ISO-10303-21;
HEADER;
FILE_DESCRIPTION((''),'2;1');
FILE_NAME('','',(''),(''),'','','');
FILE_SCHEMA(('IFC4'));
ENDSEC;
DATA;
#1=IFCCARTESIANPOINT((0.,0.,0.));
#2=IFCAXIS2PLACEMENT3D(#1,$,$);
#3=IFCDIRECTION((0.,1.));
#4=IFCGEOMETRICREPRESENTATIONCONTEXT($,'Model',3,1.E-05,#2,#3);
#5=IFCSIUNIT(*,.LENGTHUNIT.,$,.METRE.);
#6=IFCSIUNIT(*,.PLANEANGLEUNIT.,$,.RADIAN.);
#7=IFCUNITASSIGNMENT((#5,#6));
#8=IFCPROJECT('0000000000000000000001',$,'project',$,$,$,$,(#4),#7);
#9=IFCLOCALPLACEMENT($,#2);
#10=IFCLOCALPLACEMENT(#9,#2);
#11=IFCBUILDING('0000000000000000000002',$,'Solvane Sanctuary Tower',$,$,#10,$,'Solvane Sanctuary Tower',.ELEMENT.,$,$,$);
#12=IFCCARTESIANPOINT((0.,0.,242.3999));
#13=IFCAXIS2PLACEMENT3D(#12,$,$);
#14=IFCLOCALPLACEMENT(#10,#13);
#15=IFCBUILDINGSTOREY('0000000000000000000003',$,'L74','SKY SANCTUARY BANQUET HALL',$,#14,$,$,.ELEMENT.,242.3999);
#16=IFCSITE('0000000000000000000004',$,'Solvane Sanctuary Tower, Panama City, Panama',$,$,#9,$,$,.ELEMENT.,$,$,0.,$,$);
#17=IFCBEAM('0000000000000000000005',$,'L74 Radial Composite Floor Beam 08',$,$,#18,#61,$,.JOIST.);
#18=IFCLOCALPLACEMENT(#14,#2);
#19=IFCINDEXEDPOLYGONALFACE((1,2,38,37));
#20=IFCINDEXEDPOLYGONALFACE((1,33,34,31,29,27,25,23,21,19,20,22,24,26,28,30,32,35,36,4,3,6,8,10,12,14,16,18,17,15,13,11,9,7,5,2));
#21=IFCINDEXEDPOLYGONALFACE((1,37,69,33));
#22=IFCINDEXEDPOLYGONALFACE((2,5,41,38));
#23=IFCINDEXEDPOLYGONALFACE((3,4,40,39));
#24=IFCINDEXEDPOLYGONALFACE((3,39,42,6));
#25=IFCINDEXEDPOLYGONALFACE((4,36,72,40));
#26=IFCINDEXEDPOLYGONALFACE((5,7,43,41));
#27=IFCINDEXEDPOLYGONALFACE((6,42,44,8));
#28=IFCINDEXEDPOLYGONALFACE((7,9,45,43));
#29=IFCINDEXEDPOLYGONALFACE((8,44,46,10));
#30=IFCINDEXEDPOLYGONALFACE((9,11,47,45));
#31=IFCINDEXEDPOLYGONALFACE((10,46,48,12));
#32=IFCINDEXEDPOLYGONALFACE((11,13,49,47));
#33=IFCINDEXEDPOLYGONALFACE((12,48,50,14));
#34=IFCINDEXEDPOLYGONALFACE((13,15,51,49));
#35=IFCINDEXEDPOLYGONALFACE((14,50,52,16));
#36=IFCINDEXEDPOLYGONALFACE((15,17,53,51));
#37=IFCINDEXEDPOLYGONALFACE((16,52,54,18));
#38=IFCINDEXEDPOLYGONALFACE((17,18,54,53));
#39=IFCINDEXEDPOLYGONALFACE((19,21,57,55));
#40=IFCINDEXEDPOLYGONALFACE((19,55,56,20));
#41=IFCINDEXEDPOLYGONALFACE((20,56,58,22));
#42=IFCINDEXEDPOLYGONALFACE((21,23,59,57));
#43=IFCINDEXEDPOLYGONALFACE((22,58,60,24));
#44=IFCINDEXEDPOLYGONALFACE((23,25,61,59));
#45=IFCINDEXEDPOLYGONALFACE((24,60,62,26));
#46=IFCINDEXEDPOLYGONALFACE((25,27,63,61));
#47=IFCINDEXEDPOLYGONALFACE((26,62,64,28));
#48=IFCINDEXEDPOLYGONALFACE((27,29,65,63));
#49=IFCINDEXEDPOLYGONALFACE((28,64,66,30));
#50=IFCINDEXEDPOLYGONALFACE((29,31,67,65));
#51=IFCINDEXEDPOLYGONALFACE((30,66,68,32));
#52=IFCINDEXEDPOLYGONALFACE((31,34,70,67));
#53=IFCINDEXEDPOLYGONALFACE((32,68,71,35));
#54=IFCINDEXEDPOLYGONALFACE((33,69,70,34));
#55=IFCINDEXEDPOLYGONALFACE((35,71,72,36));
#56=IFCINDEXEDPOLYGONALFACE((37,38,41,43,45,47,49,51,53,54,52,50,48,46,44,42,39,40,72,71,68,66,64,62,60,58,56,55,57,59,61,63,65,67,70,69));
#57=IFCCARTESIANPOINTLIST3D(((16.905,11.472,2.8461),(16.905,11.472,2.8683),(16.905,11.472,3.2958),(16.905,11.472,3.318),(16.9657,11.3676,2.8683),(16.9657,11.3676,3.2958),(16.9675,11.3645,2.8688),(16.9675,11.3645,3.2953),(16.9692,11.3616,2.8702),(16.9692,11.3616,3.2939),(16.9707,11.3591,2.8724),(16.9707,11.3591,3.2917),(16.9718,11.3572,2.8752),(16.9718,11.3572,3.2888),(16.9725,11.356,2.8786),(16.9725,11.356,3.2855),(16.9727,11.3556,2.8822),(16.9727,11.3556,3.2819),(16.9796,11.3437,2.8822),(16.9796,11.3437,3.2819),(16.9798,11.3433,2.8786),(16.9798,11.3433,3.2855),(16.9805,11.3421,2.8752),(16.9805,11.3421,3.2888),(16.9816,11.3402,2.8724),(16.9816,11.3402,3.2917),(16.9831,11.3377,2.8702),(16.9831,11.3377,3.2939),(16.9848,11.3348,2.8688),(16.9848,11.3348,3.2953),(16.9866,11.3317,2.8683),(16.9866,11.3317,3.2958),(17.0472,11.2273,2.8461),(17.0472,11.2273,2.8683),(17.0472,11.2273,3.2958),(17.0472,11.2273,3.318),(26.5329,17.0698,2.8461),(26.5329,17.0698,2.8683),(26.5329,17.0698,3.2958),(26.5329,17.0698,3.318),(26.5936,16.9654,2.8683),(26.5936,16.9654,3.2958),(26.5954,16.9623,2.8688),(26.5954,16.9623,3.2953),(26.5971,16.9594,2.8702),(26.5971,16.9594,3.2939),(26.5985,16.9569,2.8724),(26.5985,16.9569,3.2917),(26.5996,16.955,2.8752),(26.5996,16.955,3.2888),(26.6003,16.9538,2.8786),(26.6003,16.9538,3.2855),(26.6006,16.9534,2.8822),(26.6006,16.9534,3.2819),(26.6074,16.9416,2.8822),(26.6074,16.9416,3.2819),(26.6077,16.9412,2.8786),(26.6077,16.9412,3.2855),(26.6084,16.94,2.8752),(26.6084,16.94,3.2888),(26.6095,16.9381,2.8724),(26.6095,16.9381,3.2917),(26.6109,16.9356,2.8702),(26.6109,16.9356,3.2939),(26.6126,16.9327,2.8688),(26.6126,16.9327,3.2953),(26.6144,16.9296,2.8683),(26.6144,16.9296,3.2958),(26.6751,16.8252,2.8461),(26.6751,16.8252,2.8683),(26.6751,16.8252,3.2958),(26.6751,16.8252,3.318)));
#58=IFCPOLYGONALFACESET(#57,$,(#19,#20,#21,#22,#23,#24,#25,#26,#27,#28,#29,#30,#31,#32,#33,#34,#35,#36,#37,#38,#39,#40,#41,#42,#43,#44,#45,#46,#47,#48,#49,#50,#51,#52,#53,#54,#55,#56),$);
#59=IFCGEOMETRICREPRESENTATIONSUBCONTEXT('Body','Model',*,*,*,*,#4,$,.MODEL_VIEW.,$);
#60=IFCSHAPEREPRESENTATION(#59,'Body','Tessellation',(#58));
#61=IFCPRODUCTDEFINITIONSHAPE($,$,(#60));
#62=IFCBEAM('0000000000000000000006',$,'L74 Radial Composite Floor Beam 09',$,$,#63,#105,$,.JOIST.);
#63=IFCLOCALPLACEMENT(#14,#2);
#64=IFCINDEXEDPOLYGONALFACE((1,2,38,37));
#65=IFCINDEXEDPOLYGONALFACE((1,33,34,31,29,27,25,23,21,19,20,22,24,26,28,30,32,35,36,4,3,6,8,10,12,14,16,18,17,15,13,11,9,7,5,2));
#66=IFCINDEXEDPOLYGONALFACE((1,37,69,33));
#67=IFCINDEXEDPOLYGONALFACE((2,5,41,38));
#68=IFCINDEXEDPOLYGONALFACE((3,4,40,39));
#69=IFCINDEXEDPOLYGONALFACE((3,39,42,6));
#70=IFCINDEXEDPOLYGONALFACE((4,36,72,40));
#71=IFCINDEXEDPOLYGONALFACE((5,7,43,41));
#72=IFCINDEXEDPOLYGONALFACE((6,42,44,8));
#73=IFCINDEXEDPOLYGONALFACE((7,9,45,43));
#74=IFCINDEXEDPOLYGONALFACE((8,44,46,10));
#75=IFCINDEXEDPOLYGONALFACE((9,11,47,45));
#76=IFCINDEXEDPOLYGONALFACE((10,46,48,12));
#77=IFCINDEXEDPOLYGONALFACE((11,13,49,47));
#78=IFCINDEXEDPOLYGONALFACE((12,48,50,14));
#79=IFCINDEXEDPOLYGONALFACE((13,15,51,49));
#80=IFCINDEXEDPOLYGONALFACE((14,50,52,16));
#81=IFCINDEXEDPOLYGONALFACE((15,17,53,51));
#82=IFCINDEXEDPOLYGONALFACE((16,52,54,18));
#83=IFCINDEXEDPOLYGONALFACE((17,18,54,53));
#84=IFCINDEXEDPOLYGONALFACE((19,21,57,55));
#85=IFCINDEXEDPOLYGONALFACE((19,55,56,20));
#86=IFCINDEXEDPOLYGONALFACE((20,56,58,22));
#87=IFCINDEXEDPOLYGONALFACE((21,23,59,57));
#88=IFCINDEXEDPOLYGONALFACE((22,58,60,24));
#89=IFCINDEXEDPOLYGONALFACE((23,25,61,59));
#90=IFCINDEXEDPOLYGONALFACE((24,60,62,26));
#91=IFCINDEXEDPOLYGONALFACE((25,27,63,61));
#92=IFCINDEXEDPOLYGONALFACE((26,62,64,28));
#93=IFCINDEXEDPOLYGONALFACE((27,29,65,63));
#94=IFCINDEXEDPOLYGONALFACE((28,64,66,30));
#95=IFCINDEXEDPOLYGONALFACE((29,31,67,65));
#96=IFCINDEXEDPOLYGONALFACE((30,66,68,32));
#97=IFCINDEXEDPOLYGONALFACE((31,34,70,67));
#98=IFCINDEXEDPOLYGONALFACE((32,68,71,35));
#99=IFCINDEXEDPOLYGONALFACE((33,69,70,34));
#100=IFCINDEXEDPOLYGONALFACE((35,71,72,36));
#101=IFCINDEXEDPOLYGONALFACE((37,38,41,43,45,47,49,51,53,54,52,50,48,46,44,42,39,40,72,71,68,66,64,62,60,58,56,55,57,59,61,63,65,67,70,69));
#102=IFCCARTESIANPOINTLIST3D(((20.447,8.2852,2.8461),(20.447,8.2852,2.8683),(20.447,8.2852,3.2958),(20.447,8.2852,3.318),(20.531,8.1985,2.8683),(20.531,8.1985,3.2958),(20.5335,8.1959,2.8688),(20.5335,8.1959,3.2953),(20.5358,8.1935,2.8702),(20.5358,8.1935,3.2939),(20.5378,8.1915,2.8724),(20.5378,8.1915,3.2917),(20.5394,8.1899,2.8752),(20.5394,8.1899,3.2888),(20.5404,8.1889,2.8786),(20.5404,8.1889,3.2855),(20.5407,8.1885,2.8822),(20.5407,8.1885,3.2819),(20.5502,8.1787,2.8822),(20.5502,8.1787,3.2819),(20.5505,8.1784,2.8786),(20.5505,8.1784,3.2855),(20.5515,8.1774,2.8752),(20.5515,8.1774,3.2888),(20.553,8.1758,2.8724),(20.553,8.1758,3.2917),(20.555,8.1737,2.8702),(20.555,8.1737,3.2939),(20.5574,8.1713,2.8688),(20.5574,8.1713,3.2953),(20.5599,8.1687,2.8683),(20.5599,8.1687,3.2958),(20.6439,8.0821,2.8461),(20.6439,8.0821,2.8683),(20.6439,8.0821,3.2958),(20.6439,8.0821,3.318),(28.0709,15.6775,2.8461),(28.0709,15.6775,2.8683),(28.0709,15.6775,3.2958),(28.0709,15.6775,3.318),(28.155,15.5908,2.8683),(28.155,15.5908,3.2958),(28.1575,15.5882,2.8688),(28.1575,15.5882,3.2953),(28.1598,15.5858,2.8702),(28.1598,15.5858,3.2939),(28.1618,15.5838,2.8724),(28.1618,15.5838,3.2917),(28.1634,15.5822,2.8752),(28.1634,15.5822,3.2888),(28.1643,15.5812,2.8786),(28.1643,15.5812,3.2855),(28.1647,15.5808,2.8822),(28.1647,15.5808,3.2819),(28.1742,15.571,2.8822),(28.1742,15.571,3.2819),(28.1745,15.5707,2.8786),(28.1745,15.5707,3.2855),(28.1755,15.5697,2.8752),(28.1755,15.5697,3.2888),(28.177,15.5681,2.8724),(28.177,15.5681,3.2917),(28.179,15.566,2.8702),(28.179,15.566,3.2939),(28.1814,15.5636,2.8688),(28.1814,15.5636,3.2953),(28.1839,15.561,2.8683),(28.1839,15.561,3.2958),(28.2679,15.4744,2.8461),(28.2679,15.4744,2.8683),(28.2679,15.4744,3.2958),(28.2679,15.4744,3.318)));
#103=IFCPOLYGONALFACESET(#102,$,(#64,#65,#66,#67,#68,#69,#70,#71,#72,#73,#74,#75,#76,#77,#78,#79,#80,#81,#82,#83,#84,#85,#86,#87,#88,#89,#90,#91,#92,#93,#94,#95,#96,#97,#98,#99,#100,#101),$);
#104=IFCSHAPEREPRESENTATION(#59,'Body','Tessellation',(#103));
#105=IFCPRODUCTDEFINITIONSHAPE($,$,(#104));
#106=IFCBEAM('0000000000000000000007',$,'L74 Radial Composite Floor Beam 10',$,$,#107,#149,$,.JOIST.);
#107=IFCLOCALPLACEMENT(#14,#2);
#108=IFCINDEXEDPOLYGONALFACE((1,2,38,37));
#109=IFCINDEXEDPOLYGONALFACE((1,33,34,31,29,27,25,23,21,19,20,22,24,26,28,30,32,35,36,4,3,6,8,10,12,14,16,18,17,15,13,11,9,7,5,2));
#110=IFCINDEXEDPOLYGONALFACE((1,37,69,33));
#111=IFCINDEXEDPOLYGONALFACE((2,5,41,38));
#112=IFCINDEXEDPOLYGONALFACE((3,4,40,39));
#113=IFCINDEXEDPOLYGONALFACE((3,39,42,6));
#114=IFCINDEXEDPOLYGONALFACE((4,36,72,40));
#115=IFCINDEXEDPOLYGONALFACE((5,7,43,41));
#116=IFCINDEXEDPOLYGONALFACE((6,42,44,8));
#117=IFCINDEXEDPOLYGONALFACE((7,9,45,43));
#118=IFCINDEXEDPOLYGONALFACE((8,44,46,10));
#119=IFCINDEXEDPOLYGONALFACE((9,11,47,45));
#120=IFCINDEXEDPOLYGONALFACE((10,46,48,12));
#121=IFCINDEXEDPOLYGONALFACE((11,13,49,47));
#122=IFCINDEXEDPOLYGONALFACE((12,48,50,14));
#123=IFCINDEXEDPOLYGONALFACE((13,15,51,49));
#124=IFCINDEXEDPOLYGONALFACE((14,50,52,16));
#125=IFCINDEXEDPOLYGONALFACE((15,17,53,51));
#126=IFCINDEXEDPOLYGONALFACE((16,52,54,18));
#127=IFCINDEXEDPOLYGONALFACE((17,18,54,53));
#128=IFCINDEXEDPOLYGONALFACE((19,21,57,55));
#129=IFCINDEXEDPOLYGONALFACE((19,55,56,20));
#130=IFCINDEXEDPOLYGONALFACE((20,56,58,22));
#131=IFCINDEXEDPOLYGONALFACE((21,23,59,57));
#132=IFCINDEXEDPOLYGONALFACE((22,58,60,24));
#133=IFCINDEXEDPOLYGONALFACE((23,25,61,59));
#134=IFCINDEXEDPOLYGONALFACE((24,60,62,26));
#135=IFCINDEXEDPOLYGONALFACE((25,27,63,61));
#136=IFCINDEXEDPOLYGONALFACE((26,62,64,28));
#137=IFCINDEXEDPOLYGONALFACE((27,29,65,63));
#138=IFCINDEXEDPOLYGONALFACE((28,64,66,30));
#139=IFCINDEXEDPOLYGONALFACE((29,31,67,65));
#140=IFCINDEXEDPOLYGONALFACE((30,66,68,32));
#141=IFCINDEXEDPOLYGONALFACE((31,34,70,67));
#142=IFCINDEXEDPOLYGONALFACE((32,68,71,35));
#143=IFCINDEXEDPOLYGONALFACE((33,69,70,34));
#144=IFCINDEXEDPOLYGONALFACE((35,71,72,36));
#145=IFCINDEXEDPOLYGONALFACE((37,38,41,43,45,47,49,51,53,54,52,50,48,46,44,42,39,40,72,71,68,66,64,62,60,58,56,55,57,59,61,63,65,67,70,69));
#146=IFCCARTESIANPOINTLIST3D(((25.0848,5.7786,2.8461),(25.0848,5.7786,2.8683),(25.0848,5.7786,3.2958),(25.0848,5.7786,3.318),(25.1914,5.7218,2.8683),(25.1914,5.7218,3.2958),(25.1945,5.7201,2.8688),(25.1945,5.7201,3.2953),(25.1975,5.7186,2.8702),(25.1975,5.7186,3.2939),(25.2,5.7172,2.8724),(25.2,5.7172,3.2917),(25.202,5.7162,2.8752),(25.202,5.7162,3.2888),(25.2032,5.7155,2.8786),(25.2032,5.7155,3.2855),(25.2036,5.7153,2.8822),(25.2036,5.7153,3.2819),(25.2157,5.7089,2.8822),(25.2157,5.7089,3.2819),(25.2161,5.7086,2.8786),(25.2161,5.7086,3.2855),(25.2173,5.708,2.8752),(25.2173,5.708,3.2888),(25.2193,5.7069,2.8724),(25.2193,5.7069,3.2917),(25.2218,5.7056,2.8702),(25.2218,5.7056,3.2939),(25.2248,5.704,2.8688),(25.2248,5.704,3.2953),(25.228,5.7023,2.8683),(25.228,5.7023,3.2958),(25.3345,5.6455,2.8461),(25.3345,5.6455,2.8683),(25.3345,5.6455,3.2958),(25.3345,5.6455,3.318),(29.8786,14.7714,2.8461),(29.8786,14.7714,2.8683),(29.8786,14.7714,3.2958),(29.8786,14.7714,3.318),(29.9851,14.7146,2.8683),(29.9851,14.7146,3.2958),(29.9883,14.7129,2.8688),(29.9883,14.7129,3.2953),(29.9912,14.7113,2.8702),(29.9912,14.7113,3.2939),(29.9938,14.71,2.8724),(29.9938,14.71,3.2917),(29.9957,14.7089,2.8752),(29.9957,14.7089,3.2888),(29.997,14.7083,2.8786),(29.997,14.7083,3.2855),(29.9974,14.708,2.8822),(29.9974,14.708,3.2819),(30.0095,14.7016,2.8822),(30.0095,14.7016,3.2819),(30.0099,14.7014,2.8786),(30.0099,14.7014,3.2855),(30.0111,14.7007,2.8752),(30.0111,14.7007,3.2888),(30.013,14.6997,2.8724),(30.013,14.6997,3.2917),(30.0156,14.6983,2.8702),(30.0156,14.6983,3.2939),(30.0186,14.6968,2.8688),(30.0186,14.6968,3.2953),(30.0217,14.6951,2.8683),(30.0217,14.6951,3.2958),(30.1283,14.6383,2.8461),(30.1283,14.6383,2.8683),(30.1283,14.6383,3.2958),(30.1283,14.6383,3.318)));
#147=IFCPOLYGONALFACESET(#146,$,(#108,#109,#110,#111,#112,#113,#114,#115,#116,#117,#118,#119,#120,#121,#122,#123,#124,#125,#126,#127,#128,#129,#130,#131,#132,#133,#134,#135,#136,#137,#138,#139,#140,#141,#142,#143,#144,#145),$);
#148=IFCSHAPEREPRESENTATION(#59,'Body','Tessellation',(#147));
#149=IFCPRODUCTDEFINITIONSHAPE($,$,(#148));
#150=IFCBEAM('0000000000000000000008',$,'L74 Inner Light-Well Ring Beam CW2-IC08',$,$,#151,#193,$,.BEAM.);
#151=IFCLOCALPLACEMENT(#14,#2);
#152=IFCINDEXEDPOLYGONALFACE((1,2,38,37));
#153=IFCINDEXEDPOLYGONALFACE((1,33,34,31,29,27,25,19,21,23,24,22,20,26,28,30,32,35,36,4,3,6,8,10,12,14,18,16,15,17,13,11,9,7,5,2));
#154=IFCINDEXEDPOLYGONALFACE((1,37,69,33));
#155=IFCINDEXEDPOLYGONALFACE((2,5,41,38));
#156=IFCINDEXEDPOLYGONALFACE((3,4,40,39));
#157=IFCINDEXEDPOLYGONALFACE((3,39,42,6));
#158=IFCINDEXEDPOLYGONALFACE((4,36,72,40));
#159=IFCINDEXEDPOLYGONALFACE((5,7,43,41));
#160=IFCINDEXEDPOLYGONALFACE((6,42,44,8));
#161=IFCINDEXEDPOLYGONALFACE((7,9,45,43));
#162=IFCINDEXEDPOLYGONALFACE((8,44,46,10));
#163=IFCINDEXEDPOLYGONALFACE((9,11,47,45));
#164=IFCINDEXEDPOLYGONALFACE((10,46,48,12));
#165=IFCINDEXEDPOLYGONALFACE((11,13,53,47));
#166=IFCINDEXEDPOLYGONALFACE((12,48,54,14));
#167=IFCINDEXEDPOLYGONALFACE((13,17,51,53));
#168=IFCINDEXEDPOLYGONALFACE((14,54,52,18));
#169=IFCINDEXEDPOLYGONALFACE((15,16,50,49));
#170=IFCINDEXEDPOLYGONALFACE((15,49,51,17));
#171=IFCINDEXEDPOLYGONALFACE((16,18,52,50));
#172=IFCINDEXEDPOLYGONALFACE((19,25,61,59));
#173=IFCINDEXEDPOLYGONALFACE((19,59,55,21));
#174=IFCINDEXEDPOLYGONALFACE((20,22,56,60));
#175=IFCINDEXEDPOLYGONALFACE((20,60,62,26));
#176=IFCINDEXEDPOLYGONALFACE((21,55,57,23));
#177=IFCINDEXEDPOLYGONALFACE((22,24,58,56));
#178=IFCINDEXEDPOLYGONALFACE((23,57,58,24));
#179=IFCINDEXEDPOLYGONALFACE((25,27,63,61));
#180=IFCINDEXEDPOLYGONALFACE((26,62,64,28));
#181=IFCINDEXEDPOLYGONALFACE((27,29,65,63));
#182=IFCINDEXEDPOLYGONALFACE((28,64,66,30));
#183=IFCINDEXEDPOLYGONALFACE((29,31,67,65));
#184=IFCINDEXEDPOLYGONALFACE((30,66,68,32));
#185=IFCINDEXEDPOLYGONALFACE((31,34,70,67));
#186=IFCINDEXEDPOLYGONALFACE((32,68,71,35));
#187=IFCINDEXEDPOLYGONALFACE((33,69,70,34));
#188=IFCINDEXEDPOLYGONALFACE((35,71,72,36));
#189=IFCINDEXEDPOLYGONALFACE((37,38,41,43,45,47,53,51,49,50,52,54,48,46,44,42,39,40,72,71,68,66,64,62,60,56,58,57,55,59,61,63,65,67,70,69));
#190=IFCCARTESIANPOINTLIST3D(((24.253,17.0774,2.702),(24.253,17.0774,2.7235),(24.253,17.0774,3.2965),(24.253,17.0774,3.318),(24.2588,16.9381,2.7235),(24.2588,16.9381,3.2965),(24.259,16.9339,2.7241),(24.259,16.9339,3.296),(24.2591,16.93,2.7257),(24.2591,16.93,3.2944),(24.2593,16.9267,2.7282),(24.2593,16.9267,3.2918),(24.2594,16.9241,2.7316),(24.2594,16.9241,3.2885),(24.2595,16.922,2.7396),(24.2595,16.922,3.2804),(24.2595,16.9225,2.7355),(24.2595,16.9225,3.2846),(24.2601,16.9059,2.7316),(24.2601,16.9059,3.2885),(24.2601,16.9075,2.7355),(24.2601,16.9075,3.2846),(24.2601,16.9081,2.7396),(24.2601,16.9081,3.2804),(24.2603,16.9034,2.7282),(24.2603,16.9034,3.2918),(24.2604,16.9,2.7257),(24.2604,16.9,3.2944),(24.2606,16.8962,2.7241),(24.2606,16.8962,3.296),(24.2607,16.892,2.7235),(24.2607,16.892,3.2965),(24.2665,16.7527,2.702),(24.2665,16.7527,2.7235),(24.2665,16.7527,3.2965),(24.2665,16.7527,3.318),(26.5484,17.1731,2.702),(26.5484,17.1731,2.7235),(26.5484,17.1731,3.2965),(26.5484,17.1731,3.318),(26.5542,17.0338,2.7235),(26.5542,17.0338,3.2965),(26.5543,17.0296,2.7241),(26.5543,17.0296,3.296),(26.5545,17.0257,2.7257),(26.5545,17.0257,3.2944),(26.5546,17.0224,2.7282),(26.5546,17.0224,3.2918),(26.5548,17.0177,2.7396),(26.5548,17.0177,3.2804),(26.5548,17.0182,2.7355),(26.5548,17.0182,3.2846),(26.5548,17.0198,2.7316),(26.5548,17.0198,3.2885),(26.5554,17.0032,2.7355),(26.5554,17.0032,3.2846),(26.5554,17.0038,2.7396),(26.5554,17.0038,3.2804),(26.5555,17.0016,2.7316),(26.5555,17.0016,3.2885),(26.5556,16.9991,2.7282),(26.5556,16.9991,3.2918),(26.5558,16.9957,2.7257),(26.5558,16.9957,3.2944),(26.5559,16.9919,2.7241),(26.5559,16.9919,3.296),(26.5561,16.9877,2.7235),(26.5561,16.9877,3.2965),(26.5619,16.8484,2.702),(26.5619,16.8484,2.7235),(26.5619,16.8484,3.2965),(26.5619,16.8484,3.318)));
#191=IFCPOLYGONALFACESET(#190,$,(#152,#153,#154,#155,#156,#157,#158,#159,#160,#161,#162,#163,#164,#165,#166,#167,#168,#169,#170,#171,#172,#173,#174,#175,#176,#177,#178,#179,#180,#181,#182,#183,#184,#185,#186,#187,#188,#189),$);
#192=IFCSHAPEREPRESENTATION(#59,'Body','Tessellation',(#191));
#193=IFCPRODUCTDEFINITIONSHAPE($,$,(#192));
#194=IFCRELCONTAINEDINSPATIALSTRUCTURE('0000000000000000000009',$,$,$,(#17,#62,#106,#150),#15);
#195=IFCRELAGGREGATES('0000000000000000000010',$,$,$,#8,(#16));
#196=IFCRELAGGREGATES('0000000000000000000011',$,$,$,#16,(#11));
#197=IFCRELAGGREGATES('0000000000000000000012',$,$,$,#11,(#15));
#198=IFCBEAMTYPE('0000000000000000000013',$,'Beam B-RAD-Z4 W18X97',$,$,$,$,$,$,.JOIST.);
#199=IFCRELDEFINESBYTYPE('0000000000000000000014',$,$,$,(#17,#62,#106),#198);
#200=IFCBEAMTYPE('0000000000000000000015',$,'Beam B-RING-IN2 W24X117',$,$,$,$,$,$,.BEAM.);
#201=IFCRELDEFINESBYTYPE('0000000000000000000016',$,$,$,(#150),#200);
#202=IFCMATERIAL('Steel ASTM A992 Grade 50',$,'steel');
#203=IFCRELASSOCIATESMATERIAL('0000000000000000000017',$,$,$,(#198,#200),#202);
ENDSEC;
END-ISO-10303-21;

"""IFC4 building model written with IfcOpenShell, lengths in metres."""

from ifc_helpers import new_model, si_unit, direction, frame, origin, origin_2d, place, context, subcontext, project, spatial, i_section, extrude, material, material_profile, profile_set, type_object, element, save


model = new_model("IFC4")

# Units and contexts
model_context = context("Model", 3, precision=1e-05, world=origin(), true_north=direction((0.0, 1.0)))
body_context = subcontext(model_context, "Body", "Model", "MODEL_VIEW")
ifc_project = project(units=[si_unit("LENGTHUNIT", "METRE"), si_unit("PLANEANGLEUNIT", "RADIAN")], contexts=[model_context])

# Site, building, storey
site_placement = place(None, origin())
site = spatial("IfcSite", under=ifc_project, at=site_placement, Name="Solvane Sanctuary Tower, Panama City, Panama", CompositionType="ELEMENT", RefElevation=0.0)
building_placement = place(site_placement, origin())
building = spatial("IfcBuilding", under=site, at=building_placement, Name="Solvane Sanctuary Tower", LongName="Solvane Sanctuary Tower", CompositionType="ELEMENT")
storey_placement = place(building_placement, frame((0.0, 0.0, 242.3999)))
storey = spatial("IfcBuildingStorey", under=building, at=storey_placement, Name="L74", Description="SKY SANCTUARY BANQUET HALL", CompositionType="ELEMENT", Elevation=242.3999)

# Beams
ifc_material_1 = material(Name="Steel ASTM A992 Grade 50", Category="steel")
ifc_material_profile_1 = material_profile(ifc_material_1, i_section(OverallWidth=0.283, OverallDepth=0.4719, WebThickness=0.0137, FlangeThickness=0.0222, FilletRadius=0.0139, at=origin_2d()), Name="W18X97")
ifc_profile_set_1 = profile_set([ifc_material_profile_1], Name="Steel ASTM A992 Grade 50")
beam_type_1 = type_object("IfcBeamType", Name="Beam B-RAD-Z4 W18X97", PredefinedType="JOIST", material=ifc_profile_set_1)
beam_1_placement = place(storey_placement, frame((26.604, 16.9475, 3.082), z_axis=(-0.864497, -0.502638, 0.0), x_axis=(0.502638, -0.864497, 0.0)))
element("IfcBeam", 1, at=beam_1_placement, inside=storey, type_object=beam_type_1, Name="L74 Radial Composite Floor Beam 08", PredefinedType="JOIST", context=body_context, shape_type="SweptSolid", body=[
    extrude(i_section(OverallWidth=0.283, OverallDepth=0.4719, WebThickness=0.0137, FlangeThickness=0.0222, FilletRadius=0.0139, at=origin_2d()), origin(), (0.0, 0.0, 1.0), 11.137),
])
beam_2_placement = place(storey_placement, frame((28.1694, 15.5759, 3.082), z_axis=(-0.717931, -0.696114, 0.0), x_axis=(0.696114, -0.717931, 0.0)))
element("IfcBeam", 2, at=beam_2_placement, inside=storey, type_object=beam_type_1, Name="L74 Radial Composite Floor Beam 09", PredefinedType="JOIST", context=body_context, shape_type="SweptSolid", body=[
    extrude(i_section(OverallWidth=0.283, OverallDepth=0.4719, WebThickness=0.0137, FlangeThickness=0.0222, FilletRadius=0.0139, at=origin_2d()), origin(), (0.0, 0.0, 1.0), 10.6194),
])
beam_3_placement = place(storey_placement, frame((30.0034, 14.7048, 3.082), z_axis=(-0.470405, -0.88245, 0.0), x_axis=(0.88245, -0.470405, 0.0)))
element("IfcBeam", 3, at=beam_3_placement, inside=storey, type_object=beam_type_1, Name="L74 Radial Composite Floor Beam 10", PredefinedType="JOIST", context=body_context, shape_type="SweptSolid", body=[
    extrude(i_section(OverallWidth=0.283, OverallDepth=0.4719, WebThickness=0.0137, FlangeThickness=0.0222, FilletRadius=0.0139, at=origin_2d()), origin(), (0.0, 0.0, 1.0), 10.1907),
])
ifc_material_profile_2 = material_profile(ifc_material_1, i_section(OverallWidth=0.325, OverallDepth=0.616, WebThickness=0.0139, FlangeThickness=0.0215, FilletRadius=0.0161, at=origin_2d()), Name="W24X117")
ifc_profile_set_2 = profile_set([ifc_material_profile_2], Name="Steel ASTM A992 Grade 50")
beam_type_2 = type_object("IfcBeamType", Name="Beam B-RING-IN2 W24X117", PredefinedType="BEAM", material=ifc_profile_set_2)
beam_4_placement = place(storey_placement, frame((24.2598, 16.915, 3.01), z_axis=(0.999132, 0.041657, 0.0), x_axis=(-0.041657, 0.999132, 0.0)))
element("IfcBeam", 4, at=beam_4_placement, inside=storey, type_object=beam_type_2, Name="L74 Inner Light-Well Ring Beam CW2-IC08", PredefinedType="BEAM", context=body_context, shape_type="SweptSolid", body=[
    extrude(i_section(OverallWidth=0.325, OverallDepth=0.616, WebThickness=0.0139, FlangeThickness=0.0215, FilletRadius=0.0161, at=origin_2d()), origin(), (0.0, 0.0, 1.0), 2.2974),
])

save(model, "model.ifc")
